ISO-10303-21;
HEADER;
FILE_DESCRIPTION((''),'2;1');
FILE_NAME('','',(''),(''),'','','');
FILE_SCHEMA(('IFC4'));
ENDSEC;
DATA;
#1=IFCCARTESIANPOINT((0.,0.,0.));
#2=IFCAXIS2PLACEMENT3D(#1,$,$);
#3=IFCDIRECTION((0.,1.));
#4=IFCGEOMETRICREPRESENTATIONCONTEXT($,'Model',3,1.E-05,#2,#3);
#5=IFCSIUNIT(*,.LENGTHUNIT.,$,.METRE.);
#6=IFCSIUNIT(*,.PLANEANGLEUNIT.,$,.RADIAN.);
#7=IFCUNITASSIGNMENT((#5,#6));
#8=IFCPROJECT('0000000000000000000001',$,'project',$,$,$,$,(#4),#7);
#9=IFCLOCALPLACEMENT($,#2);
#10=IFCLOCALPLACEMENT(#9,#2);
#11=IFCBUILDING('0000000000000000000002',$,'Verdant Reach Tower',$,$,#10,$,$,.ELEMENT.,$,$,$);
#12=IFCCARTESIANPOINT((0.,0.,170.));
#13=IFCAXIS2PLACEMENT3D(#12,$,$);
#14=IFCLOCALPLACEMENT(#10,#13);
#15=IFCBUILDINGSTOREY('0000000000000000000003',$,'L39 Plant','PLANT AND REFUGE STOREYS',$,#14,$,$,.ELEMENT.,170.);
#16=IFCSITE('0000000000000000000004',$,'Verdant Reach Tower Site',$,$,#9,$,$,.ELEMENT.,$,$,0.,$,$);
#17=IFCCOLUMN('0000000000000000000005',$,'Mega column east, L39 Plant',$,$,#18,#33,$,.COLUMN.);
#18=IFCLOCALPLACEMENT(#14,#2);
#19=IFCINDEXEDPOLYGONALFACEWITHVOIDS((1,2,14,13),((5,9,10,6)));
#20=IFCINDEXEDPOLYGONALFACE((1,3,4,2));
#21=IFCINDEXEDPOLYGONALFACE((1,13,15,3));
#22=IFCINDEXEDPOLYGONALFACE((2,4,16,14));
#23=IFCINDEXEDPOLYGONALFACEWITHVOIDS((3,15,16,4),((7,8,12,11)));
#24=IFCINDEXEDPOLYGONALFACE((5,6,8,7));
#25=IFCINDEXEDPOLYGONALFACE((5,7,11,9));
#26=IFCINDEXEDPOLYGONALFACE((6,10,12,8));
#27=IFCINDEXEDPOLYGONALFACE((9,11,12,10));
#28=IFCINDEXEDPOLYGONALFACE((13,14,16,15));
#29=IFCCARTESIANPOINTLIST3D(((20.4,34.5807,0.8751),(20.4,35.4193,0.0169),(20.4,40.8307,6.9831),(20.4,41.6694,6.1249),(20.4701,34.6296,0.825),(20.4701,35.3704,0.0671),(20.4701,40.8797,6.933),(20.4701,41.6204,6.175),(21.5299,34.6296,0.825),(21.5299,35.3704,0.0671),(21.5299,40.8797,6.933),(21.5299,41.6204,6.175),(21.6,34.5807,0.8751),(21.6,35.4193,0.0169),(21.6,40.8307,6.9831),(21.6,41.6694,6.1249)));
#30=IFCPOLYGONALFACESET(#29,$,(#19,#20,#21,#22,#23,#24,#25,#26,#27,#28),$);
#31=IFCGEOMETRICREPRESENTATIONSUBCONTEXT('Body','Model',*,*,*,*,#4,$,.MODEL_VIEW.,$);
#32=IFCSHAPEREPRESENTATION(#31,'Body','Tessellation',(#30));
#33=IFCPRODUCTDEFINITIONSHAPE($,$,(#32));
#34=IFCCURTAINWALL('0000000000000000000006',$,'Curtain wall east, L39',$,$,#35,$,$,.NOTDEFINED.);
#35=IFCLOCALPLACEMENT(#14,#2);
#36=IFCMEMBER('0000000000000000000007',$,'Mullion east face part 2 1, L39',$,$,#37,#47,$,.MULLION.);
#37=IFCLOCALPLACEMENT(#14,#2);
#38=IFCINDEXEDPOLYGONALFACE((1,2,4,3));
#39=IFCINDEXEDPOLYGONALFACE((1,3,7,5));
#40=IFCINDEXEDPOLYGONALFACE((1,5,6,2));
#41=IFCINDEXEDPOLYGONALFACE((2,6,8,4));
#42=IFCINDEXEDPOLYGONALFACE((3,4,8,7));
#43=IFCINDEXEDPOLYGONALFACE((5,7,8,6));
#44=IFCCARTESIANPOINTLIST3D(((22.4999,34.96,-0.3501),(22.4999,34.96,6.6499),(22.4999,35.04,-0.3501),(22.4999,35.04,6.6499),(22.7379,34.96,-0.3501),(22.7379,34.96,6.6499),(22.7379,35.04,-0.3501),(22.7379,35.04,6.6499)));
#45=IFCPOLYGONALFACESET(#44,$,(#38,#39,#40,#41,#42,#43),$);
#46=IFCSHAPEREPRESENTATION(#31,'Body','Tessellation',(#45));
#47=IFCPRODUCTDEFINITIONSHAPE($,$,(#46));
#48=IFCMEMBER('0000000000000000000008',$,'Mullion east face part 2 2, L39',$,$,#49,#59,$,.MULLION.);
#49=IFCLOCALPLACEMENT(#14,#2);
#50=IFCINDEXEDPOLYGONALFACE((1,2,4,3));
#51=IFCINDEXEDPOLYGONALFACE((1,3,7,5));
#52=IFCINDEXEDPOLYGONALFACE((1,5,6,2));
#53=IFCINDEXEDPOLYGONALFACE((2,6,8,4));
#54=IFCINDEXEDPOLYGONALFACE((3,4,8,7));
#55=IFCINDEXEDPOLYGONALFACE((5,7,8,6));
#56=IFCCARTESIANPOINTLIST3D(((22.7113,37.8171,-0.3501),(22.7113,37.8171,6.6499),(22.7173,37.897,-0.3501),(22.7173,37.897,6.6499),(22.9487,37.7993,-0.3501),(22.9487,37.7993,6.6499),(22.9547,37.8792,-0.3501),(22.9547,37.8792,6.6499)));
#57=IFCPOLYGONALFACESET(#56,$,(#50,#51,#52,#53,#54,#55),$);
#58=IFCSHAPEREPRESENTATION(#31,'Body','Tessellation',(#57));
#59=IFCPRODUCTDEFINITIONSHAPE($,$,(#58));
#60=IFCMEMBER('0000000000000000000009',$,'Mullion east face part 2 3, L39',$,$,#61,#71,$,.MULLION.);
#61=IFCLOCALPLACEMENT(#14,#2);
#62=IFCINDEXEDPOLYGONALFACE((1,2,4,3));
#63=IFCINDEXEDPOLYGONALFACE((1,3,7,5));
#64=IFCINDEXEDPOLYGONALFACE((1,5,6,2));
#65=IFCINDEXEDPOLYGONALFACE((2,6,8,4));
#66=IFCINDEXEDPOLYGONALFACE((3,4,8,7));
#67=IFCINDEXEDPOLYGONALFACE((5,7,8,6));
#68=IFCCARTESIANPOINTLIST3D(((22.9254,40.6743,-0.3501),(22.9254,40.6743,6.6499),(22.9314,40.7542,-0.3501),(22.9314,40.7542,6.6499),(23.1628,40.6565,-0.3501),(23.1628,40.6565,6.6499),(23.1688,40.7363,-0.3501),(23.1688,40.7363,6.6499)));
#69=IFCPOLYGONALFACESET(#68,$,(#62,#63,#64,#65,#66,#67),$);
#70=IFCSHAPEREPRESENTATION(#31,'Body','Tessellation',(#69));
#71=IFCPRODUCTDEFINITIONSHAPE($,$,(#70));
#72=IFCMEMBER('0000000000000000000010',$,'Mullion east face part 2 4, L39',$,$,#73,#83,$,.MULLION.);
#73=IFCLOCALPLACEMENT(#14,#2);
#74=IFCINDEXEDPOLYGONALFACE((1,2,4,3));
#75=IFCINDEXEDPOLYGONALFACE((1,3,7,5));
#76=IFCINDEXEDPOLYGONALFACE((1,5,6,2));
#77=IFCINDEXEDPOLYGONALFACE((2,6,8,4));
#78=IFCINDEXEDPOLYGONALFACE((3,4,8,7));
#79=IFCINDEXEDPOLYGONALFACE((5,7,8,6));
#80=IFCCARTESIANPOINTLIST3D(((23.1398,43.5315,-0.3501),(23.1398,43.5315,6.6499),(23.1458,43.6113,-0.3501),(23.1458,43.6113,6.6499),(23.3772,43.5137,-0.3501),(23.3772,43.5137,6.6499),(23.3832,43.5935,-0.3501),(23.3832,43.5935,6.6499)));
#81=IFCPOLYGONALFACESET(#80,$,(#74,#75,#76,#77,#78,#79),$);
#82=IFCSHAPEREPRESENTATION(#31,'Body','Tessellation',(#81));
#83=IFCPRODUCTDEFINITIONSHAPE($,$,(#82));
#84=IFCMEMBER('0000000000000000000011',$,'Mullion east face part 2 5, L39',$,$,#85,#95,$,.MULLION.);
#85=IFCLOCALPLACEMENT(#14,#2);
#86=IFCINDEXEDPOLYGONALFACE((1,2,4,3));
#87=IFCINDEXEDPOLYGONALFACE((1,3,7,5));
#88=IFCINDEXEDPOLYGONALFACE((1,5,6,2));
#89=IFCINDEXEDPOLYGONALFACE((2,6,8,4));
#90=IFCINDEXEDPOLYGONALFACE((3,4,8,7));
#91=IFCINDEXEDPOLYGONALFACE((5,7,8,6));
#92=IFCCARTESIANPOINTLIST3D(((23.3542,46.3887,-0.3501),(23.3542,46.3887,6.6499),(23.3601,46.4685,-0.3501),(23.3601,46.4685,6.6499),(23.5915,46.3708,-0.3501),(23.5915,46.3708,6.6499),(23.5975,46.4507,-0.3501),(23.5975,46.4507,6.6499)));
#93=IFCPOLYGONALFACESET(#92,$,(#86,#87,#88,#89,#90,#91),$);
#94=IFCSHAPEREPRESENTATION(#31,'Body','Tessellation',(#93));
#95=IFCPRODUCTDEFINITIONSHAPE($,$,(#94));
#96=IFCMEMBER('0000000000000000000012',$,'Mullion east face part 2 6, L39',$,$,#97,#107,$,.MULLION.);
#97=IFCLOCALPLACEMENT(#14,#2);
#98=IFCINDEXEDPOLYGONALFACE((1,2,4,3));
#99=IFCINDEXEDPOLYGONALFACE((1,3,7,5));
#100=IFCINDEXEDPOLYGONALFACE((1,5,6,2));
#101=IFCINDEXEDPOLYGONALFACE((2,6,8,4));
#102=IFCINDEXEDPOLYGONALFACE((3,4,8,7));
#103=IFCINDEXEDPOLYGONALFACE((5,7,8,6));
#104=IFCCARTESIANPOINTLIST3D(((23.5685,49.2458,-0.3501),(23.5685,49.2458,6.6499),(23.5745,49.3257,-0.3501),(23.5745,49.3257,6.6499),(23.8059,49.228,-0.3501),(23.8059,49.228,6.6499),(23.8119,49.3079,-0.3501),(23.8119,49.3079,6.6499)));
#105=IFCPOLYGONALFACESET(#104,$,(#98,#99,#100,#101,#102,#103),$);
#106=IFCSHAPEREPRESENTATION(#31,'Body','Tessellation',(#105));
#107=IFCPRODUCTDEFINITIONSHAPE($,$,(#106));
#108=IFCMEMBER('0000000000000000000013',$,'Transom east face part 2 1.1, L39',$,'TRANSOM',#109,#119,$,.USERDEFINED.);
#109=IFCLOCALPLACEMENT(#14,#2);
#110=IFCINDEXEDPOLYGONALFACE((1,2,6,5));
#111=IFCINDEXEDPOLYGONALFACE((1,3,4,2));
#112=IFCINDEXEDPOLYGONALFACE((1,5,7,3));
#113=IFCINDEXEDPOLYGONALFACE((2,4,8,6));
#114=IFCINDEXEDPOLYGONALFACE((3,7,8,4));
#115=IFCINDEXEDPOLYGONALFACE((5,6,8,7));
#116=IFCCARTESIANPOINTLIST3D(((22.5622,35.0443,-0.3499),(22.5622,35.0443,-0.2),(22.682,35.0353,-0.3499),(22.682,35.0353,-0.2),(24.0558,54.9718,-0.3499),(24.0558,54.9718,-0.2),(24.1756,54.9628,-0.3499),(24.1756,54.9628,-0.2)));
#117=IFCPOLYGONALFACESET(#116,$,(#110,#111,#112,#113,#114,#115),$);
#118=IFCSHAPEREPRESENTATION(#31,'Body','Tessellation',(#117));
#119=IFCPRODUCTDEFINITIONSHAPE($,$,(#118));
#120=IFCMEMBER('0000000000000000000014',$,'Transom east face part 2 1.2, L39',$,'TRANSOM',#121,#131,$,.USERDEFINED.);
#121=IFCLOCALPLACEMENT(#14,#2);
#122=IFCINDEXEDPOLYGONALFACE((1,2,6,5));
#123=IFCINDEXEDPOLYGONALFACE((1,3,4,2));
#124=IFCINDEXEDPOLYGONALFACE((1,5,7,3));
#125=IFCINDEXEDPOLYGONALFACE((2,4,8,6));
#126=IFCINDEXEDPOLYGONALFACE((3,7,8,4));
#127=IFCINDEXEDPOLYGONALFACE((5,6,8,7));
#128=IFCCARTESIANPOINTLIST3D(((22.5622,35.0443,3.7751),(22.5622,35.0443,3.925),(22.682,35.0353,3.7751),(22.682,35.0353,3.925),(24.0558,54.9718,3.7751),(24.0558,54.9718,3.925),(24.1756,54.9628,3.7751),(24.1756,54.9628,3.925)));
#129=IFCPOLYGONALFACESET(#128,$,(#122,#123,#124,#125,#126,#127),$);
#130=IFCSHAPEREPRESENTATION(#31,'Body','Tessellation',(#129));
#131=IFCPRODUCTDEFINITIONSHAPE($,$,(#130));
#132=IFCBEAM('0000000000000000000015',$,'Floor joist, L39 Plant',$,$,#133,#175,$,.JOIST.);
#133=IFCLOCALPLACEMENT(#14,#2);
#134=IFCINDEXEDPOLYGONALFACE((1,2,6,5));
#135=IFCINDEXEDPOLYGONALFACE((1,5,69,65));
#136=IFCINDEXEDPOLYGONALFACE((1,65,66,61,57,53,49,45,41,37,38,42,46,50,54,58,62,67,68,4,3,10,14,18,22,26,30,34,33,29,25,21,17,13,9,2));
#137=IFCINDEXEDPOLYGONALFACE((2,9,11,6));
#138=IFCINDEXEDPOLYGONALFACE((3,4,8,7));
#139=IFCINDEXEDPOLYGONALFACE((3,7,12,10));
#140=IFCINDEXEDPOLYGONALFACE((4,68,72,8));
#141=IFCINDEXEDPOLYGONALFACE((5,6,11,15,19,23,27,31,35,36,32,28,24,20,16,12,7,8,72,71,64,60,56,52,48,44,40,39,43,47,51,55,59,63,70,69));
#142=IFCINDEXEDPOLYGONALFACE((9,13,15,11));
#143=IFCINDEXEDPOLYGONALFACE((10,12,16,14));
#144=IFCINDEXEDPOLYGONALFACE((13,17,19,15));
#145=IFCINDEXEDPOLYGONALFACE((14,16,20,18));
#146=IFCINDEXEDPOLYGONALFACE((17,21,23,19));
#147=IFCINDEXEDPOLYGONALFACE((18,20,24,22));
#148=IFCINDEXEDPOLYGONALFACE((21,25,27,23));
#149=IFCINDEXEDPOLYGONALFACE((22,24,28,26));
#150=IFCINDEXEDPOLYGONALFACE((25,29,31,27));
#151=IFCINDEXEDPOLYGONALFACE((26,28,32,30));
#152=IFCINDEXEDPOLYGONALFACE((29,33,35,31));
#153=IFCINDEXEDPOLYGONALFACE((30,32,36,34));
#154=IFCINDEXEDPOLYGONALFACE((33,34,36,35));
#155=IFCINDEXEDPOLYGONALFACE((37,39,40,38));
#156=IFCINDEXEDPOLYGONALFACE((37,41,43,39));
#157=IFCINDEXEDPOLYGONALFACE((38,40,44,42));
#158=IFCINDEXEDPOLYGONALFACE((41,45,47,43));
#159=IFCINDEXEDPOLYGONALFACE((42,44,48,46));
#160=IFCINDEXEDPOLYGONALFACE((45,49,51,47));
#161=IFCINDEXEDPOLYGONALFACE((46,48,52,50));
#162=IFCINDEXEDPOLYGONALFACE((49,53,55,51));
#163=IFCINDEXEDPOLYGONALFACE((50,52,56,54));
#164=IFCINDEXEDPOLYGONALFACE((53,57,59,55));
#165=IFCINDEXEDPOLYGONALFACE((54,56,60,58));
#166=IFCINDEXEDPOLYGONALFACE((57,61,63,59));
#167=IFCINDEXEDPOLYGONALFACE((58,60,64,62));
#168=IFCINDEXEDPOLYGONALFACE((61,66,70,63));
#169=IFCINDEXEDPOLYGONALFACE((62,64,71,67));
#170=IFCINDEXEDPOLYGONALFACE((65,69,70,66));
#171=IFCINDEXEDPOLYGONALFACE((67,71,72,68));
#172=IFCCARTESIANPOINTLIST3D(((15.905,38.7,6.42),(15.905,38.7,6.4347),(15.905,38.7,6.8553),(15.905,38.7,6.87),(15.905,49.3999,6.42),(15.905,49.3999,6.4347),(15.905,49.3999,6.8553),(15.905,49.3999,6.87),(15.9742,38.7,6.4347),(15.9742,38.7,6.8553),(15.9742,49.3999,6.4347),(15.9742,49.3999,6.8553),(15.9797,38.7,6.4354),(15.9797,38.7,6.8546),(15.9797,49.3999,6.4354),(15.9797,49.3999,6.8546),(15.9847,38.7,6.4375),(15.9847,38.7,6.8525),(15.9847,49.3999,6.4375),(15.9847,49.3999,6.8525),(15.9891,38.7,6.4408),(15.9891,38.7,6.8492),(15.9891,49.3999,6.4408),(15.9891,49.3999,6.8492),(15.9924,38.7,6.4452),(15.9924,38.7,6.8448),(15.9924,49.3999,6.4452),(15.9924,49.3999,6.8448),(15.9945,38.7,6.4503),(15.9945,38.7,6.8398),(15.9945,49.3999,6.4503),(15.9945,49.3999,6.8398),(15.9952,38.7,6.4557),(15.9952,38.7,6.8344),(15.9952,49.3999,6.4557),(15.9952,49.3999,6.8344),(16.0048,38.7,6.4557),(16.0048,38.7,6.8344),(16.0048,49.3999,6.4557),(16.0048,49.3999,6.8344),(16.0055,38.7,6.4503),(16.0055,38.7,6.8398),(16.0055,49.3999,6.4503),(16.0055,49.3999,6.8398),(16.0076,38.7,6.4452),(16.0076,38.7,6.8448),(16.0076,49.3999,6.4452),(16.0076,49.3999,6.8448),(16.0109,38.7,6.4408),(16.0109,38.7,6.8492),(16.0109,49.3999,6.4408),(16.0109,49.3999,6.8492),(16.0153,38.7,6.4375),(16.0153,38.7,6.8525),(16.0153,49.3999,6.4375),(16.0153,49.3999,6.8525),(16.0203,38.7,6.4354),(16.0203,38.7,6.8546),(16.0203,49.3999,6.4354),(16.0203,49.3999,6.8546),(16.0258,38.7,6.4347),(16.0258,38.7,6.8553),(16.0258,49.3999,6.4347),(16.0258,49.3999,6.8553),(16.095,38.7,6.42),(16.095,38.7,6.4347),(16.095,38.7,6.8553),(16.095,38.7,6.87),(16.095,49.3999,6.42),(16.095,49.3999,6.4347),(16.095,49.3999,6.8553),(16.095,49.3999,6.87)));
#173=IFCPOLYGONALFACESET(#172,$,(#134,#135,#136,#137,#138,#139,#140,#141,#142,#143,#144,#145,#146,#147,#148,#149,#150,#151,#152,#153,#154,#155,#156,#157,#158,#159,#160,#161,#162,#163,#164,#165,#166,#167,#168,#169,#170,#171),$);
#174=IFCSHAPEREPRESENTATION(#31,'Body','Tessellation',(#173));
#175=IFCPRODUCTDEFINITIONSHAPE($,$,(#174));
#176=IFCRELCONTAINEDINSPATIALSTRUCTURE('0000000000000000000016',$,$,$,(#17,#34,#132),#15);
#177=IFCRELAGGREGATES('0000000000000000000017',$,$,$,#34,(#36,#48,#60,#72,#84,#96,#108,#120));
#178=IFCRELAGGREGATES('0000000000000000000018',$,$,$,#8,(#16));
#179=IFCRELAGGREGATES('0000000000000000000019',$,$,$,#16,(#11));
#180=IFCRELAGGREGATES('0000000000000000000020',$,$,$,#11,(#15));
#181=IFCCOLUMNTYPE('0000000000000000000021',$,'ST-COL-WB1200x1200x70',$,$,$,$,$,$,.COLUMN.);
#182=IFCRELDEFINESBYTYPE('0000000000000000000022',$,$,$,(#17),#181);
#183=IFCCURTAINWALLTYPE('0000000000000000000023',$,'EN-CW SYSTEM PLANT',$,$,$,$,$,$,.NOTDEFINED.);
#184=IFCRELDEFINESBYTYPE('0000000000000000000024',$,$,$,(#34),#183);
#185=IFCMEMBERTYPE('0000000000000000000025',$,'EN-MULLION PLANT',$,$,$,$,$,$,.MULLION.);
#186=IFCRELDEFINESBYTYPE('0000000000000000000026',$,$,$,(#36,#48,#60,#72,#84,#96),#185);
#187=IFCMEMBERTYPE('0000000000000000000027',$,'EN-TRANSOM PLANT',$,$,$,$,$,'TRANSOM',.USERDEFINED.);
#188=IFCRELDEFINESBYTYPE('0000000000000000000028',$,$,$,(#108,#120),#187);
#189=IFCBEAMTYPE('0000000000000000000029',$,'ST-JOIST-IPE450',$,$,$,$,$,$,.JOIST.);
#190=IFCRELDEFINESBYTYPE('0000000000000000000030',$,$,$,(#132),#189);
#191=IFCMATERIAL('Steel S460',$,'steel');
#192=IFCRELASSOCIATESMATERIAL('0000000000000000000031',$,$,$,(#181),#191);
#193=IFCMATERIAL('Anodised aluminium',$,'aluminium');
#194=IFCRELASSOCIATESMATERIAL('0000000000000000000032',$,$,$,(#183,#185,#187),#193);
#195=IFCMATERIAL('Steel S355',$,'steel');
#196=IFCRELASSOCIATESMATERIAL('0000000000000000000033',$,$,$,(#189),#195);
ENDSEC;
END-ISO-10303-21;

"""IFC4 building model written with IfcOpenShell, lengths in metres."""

from ifc_helpers import new_model, si_unit, direction, frame, origin, origin_2d, place, context, subcontext, project, spatial, rectangle, hollow_rectangle, i_section, extrude, material, material_profile, profile_set, type_object, element, aggregate, save


model = new_model("IFC4")

# Units and contexts
model_context = context("Model", 3, precision=1e-05, world=origin(), true_north=direction((0.0, 1.0)))
body_context = subcontext(model_context, "Body", "Model", "MODEL_VIEW")
ifc_project = project(units=[si_unit("LENGTHUNIT", "METRE"), si_unit("PLANEANGLEUNIT", "RADIAN")], contexts=[model_context])

# Site, building, storey
site_placement = place(None, origin())
site = spatial("IfcSite", under=ifc_project, at=site_placement, Name="Verdant Reach Tower Site", CompositionType="ELEMENT", RefElevation=0.0)
building_placement = place(site_placement, origin())
building = spatial("IfcBuilding", under=site, at=building_placement, Name="Verdant Reach Tower", CompositionType="ELEMENT")
storey_placement = place(building_placement, frame((0.0, 0.0, 170.0)))
storey = spatial("IfcBuildingStorey", under=building, at=storey_placement, Name="L39 Plant", Description="PLANT AND REFUGE STOREYS", CompositionType="ELEMENT", Elevation=170.0)

# Column
ifc_material_1 = material(Name="Steel S460", Category="steel")
ifc_material_profile_1 = material_profile(ifc_material_1, hollow_rectangle(XDim=1.2, YDim=1.2, WallThickness=0.0701, at=origin_2d()), Name="WB 1200x1200x70")
ifc_profile_set_1 = profile_set([ifc_material_profile_1], Name="Steel S460")
column_type = type_object("IfcColumnType", Name="ST-COL-WB1200x1200x70", PredefinedType="COLUMN", material=ifc_profile_set_1)
column_placement = place(storey_placement, frame((21.0, 35.0, 0.446), z_axis=(0.0, 0.71519, 0.69893), x_axis=(-1.0, 0.0, 0.0)))
element("IfcColumn", 1, at=column_placement, inside=storey, type_object=column_type, Name="Mega column east, L39 Plant", PredefinedType="COLUMN", context=body_context, shape_type="SweptSolid", body=[
    extrude(hollow_rectangle(XDim=1.2, YDim=1.2, WallThickness=0.0701, at=origin_2d()), origin(), (0.0, 0.0, 1.0), 8.739),
])

# Curtain wall, members
ifc_material_2 = material(Name="Anodised aluminium", Category="aluminium")
curtain_wall_type = type_object("IfcCurtainWallType", Name="EN-CW SYSTEM PLANT", PredefinedType="NOTDEFINED", material=ifc_material_2)
curtain_wall_placement = place(storey_placement, origin())
curtain_wall = element("IfcCurtainWall", 2, at=curtain_wall_placement, inside=storey, type_object=curtain_wall_type, Name="Curtain wall east, L39", PredefinedType="NOTDEFINED")
ifc_material_profile_2 = material_profile(ifc_material_2, rectangle(XDim=0.238, YDim=0.0801, at=origin_2d()), Name="Mullion 80x240")
ifc_profile_set_2 = profile_set([ifc_material_profile_2], Name="Anodised aluminium")
member_type_1 = type_object("IfcMemberType", Name="EN-MULLION PLANT", PredefinedType="MULLION", material=ifc_profile_set_2)
member_1_placement = place(storey_placement, frame((22.6189, 35.0, -0.3501), z_axis=(0.0, 0.0, 1.0), x_axis=(1.0, 0.0, 0.0)))
member_1 = element("IfcMember", 3, at=member_1_placement, type_object=member_type_1, Name="Mullion east face part 2 1, L39", PredefinedType="MULLION", context=body_context, shape_type="SweptSolid", body=[
    extrude(rectangle(XDim=0.238, YDim=0.0801, at=origin_2d()), origin(), (0.0, 0.0, 1.0), 7.0),
])
member_2_placement = place(storey_placement, frame((22.833, 37.8481, -0.3501), z_axis=(0.0, 0.0, 1.0), x_axis=(0.997199, -0.07479, 0.0)))
member_2 = element("IfcMember", 4, at=member_2_placement, type_object=member_type_1, Name="Mullion east face part 2 2, L39", PredefinedType="MULLION", context=body_context, shape_type="SweptSolid", body=[
    extrude(rectangle(XDim=0.238, YDim=0.0801, at=origin_2d()), origin(), (0.0, 0.0, 1.0), 7.0),
])
member_3_placement = place(storey_placement, frame((23.0471, 40.7053, -0.3501), z_axis=(0.0, 0.0, 1.0), x_axis=(0.997199, -0.07479, 0.0)))
member_3 = element("IfcMember", 5, at=member_3_placement, type_object=member_type_1, Name="Mullion east face part 2 3, L39", PredefinedType="MULLION", context=body_context, shape_type="SweptSolid", body=[
    extrude(rectangle(XDim=0.238, YDim=0.0801, at=origin_2d()), origin(), (0.0, 0.0, 1.0), 7.0),
])
member_4_placement = place(storey_placement, frame((23.2615, 43.5625, -0.3501), z_axis=(0.0, 0.0, 1.0), x_axis=(0.997199, -0.07479, 0.0)))
member_4 = element("IfcMember", 6, at=member_4_placement, type_object=member_type_1, Name="Mullion east face part 2 4, L39", PredefinedType="MULLION", context=body_context, shape_type="SweptSolid", body=[
    extrude(rectangle(XDim=0.238, YDim=0.0801, at=origin_2d()), origin(), (0.0, 0.0, 1.0), 7.0),
])
member_5_placement = place(storey_placement, frame((23.4758, 46.4197, -0.3501), z_axis=(0.0, 0.0, 1.0), x_axis=(0.997199, -0.07479, 0.0)))
member_5 = element("IfcMember", 7, at=member_5_placement, type_object=member_type_1, Name="Mullion east face part 2 5, L39", PredefinedType="MULLION", context=body_context, shape_type="SweptSolid", body=[
    extrude(rectangle(XDim=0.238, YDim=0.0801, at=origin_2d()), origin(), (0.0, 0.0, 1.0), 7.0),
])
member_6_placement = place(storey_placement, frame((23.6902, 49.2769, -0.3501), z_axis=(0.0, 0.0, 1.0), x_axis=(0.997199, -0.07479, 0.0)))
member_6 = element("IfcMember", 8, at=member_6_placement, type_object=member_type_1, Name="Mullion east face part 2 6, L39", PredefinedType="MULLION", context=body_context, shape_type="SweptSolid", body=[
    extrude(rectangle(XDim=0.238, YDim=0.0801, at=origin_2d()), origin(), (0.0, 0.0, 1.0), 7.0),
])
ifc_material_profile_3 = material_profile(ifc_material_2, rectangle(XDim=0.1201, YDim=0.1499, at=origin_2d()), Name="Transom 150x120")
ifc_profile_set_3 = profile_set([ifc_material_profile_3], Name="Anodised aluminium")
member_type_2 = type_object("IfcMemberType", Name="EN-TRANSOM PLANT", ElementType="TRANSOM", PredefinedType="USERDEFINED", material=ifc_profile_set_3)
member_7_placement = place(storey_placement, frame((22.6221, 35.0398, -0.2749), z_axis=(0.074745, 0.997203, 0.0), x_axis=(-0.997203, 0.074745, 0.0)))
member_7 = element("IfcMember", 9, at=member_7_placement, type_object=member_type_2, Name="Transom east face part 2 1.1, L39", ObjectType="TRANSOM", PredefinedType="USERDEFINED", context=body_context, shape_type="SweptSolid", body=[
    extrude(rectangle(XDim=0.1201, YDim=0.1499, at=origin_2d()), origin(), (0.0, 0.0, 1.0), 19.9834),
])
member_8_placement = place(storey_placement, frame((22.6221, 35.0398, 3.8501), z_axis=(0.074745, 0.997203, 0.0), x_axis=(-0.997203, 0.074745, 0.0)))
member_8 = element("IfcMember", 10, at=member_8_placement, type_object=member_type_2, Name="Transom east face part 2 1.2, L39", ObjectType="TRANSOM", PredefinedType="USERDEFINED", context=body_context, shape_type="SweptSolid", body=[
    extrude(rectangle(XDim=0.1201, YDim=0.1499, at=origin_2d()), origin(), (0.0, 0.0, 1.0), 19.9834),
])

# Beam
ifc_material_3 = material(Name="Steel S355", Category="steel")
ifc_material_profile_4 = material_profile(ifc_material_3, i_section(OverallWidth=0.1899, OverallDepth=0.45, WebThickness=0.0095, FlangeThickness=0.0146, FilletRadius=0.021, at=origin_2d()), Name="IPE 450")
ifc_profile_set_4 = profile_set([ifc_material_profile_4], Name="Steel S355")
beam_type_1 = type_object("IfcBeamType", Name="ST-JOIST-IPE450", PredefinedType="JOIST", material=ifc_profile_set_4)
for number, where, z_axis, x_axis, name in (
    (11, (16.0, 38.7, 6.645), (0.0, 1.0, 0.0), (-1.0, 0.0, 0.0), "Floor joist, L39 Plant"),
):
    element("IfcBeam", number, at=place(storey_placement, frame(where, z_axis=z_axis, x_axis=x_axis)), inside=storey, type_object=beam_type_1, Name=name, PredefinedType="JOIST", context=body_context, shape_type="SweptSolid", body=[
        extrude(i_section(OverallWidth=0.1899, OverallDepth=0.45, WebThickness=0.0095, FlangeThickness=0.0146, FilletRadius=0.021, at=origin_2d()), origin(), (0.0, 0.0, 1.0), 10.7),
    ])

aggregate(curtain_wall, [member_1, member_2, member_3, member_4, member_5, member_6, member_7, member_8])

save(model, "model.ifc")
